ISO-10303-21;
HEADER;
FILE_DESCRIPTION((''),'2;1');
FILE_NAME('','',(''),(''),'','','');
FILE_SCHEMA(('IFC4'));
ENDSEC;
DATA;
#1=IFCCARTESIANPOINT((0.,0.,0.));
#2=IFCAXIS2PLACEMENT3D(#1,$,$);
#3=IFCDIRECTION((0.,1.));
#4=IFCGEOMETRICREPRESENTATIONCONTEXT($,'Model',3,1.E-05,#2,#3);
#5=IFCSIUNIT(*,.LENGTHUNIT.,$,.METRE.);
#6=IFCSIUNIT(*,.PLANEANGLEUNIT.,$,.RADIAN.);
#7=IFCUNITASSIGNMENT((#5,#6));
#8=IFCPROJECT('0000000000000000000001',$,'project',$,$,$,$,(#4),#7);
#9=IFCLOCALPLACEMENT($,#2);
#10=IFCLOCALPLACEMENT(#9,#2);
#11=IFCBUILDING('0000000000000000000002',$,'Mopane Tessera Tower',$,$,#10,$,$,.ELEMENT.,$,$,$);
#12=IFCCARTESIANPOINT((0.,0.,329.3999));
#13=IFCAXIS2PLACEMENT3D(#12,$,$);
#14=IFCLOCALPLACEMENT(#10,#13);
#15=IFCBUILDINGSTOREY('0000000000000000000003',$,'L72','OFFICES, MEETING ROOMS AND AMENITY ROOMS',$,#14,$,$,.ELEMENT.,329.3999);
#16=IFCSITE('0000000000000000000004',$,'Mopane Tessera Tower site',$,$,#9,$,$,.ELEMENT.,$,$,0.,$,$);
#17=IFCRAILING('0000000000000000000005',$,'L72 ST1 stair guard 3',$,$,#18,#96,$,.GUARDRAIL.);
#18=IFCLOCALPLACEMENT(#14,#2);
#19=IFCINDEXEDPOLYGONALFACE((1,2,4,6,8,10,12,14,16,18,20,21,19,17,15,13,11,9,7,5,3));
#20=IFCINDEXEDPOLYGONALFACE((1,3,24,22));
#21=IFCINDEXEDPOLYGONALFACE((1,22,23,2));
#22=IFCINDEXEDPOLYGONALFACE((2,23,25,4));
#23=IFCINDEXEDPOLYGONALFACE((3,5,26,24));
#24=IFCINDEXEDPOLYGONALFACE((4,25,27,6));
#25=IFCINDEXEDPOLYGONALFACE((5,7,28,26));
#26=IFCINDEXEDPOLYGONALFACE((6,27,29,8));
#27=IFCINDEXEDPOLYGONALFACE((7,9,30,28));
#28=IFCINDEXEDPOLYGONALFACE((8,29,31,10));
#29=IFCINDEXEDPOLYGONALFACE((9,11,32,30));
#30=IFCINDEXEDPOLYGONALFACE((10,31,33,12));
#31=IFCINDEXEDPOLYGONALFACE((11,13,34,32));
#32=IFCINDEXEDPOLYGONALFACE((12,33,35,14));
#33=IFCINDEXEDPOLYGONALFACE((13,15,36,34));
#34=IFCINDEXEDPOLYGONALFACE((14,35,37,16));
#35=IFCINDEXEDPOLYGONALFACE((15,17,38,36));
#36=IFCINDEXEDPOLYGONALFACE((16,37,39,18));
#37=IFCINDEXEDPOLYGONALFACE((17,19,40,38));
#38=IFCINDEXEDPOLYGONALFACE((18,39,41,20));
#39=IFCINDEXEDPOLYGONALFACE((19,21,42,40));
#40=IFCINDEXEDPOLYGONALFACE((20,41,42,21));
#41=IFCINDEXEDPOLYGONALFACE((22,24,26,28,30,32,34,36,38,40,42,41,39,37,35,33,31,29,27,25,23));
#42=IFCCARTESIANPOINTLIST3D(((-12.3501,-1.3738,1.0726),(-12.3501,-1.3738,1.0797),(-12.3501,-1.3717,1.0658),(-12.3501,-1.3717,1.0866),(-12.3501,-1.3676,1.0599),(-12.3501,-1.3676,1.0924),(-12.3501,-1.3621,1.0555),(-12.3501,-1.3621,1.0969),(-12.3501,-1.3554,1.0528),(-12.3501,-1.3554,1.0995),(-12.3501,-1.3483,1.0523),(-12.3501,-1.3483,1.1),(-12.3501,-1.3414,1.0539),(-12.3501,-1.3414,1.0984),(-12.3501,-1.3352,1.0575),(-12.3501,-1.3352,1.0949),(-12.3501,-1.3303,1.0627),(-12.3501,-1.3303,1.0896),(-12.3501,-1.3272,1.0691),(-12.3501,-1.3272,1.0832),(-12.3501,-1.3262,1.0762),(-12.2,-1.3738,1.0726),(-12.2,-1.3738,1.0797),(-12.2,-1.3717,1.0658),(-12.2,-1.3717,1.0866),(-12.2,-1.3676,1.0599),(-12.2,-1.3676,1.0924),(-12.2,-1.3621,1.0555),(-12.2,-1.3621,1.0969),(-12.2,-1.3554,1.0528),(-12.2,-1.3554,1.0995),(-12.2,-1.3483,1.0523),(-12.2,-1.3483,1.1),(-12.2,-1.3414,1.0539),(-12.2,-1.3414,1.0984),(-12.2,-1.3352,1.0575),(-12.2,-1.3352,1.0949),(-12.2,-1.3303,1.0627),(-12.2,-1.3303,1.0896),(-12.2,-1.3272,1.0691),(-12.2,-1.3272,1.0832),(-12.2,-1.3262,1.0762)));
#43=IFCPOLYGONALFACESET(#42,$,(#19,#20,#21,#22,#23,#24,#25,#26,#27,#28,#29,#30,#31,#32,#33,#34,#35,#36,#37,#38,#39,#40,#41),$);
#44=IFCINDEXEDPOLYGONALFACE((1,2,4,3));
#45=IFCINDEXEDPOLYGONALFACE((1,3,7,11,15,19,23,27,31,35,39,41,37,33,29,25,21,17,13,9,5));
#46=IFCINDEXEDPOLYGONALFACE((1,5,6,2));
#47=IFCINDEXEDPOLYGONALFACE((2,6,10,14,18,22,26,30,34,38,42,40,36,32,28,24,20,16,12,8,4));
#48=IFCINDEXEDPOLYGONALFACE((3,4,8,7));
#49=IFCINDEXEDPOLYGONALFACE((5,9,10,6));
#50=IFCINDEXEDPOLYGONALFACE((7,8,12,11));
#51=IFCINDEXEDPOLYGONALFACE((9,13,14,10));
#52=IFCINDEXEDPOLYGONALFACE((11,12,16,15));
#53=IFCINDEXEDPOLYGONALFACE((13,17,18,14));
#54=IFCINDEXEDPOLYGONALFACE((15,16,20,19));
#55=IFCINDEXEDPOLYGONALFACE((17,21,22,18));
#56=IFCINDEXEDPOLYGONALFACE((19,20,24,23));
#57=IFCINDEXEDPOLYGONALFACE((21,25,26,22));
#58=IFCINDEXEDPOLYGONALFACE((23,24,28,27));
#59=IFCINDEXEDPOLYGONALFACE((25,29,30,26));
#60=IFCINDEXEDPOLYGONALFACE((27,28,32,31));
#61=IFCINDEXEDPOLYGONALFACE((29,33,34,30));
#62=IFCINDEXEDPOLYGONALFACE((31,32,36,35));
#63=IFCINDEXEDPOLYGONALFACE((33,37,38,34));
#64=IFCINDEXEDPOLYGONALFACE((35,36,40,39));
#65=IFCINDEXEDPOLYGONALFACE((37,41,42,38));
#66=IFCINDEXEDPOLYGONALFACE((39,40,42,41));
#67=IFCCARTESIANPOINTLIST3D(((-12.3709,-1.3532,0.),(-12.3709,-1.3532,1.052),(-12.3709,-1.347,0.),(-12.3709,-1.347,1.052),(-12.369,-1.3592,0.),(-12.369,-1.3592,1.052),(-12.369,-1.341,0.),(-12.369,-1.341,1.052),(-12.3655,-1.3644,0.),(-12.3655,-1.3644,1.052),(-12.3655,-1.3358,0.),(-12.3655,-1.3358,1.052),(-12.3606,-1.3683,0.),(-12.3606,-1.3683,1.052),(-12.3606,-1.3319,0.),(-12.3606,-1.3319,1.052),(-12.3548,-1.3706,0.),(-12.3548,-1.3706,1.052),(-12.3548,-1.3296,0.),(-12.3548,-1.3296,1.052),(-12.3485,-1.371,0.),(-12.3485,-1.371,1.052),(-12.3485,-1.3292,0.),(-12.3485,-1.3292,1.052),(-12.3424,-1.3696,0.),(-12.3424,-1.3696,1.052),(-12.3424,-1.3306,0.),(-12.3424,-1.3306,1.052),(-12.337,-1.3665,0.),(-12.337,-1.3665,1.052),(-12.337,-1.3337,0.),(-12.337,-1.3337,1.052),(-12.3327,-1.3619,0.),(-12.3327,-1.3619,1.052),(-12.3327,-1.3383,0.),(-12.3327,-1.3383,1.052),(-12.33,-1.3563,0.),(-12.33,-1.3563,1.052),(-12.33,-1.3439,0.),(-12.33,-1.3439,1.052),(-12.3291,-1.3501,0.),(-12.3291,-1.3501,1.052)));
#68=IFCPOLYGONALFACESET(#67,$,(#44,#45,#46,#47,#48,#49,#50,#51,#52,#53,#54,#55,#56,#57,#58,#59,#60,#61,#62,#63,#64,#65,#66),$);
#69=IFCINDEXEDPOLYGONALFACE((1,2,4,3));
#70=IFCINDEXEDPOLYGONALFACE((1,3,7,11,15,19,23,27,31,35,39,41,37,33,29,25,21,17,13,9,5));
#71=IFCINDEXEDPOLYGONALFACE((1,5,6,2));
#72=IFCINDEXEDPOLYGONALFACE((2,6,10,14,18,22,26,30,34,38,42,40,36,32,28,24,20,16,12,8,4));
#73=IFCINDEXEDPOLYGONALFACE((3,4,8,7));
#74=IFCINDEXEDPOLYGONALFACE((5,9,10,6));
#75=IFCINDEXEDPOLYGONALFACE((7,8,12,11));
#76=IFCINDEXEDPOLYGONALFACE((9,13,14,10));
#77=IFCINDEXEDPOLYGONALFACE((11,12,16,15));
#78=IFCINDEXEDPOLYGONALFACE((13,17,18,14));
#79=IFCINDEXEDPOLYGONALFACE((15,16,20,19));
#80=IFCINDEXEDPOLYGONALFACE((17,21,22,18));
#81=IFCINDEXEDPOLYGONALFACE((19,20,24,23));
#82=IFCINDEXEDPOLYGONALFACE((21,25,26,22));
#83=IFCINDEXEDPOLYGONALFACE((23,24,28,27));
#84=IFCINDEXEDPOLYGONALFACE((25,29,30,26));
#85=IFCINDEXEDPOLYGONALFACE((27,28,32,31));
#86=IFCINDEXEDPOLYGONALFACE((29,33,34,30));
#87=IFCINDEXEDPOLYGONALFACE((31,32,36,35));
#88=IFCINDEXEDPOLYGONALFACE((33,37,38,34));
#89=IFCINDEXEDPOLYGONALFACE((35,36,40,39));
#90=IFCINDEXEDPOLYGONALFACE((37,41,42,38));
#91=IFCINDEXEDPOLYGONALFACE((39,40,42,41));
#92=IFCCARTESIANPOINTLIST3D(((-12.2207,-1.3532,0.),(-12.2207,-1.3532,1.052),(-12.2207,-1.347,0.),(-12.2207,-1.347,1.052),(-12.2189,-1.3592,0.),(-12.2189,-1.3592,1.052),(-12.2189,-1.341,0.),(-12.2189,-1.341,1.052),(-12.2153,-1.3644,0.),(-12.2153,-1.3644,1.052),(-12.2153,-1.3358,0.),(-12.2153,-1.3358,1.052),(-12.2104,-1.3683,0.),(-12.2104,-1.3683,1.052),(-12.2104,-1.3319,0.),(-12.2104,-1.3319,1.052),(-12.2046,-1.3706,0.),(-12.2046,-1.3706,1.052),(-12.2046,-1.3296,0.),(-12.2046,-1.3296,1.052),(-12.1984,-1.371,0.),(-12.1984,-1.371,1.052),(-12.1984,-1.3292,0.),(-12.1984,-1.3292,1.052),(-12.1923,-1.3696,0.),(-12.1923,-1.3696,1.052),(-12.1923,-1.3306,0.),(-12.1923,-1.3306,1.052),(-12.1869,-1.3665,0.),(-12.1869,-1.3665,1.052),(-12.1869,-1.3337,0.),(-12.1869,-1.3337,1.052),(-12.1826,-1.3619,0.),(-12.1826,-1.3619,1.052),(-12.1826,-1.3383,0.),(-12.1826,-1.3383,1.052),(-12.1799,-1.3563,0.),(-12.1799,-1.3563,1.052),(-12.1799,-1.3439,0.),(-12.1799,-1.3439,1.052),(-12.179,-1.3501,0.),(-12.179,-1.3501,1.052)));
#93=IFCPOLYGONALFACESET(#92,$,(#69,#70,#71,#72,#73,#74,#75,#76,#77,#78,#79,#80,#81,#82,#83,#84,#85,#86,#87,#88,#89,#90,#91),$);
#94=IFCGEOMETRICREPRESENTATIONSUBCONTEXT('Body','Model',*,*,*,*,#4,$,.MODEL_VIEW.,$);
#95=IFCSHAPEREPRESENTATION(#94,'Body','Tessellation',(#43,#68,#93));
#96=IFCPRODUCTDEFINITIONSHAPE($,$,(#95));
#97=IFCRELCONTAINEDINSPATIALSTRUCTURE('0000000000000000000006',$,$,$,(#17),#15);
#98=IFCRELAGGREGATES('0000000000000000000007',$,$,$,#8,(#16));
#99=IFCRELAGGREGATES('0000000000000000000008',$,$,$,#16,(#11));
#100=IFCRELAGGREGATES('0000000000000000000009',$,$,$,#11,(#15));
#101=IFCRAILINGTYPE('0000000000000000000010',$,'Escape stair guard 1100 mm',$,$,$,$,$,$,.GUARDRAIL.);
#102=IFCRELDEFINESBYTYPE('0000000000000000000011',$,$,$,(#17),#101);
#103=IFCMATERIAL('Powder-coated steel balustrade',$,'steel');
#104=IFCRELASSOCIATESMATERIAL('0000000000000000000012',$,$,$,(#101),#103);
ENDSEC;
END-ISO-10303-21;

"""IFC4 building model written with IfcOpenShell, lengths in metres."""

from ifc_helpers import new_model, si_unit, direction, frame, origin, origin_2d, place, context, subcontext, project, spatial, circle, extrude, material, type_object, element, save


model = new_model("IFC4")

# Units and contexts
model_context = context("Model", 3, precision=1e-05, world=origin(), true_north=direction((0.0, 1.0)))
body_context = subcontext(model_context, "Body", "Model", "MODEL_VIEW")
ifc_project = project(units=[si_unit("LENGTHUNIT", "METRE"), si_unit("PLANEANGLEUNIT", "RADIAN")], contexts=[model_context])

# Site, building, storey
site_placement = place(None, origin())
site = spatial("IfcSite", under=ifc_project, at=site_placement, Name="Mopane Tessera Tower site", CompositionType="ELEMENT", RefElevation=0.0)
building_placement = place(site_placement, origin())
building = spatial("IfcBuilding", under=site, at=building_placement, Name="Mopane Tessera Tower", CompositionType="ELEMENT")
storey_placement = place(building_placement, frame((0.0, 0.0, 329.3999)))
storey = spatial("IfcBuildingStorey", under=building, at=storey_placement, Name="L72", Description="OFFICES, MEETING ROOMS AND AMENITY ROOMS", CompositionType="ELEMENT", Elevation=329.3999)

# Railing
ifc_material_1 = material(Name="Powder-coated steel balustrade", Category="steel")
railing_type_1 = type_object("IfcRailingType", Name="Escape stair guard 1100 mm", PredefinedType="GUARDRAIL", material=ifc_material_1)
railing_1_placement = place(storey_placement, frame((-12.3501, -1.3501, 0.0)))
element("IfcRailing", 1, at=railing_1_placement, inside=storey, type_object=railing_type_1, Name="L72 ST1 stair guard 3", PredefinedType="GUARDRAIL", context=body_context, shape_type="SweptSolid", body=[
    extrude(circle(Radius=0.0239, at=origin_2d()), frame((0.0, 0.0, 1.0762), z_axis=(1.0, 0.0, 0.0), x_axis=(0.0, 1.0, 0.0)), (0.0, 0.0, 1.0), 0.1501),
    extrude(circle(Radius=0.021, at=origin_2d()), origin(), (0.0, 0.0, 1.0), 1.052),
    extrude(circle(Radius=0.021, at=origin_2d()), frame((0.1501, 0.0, 0.0)), (0.0, 0.0, 1.0), 1.052),
])

save(model, "model.ifc")
